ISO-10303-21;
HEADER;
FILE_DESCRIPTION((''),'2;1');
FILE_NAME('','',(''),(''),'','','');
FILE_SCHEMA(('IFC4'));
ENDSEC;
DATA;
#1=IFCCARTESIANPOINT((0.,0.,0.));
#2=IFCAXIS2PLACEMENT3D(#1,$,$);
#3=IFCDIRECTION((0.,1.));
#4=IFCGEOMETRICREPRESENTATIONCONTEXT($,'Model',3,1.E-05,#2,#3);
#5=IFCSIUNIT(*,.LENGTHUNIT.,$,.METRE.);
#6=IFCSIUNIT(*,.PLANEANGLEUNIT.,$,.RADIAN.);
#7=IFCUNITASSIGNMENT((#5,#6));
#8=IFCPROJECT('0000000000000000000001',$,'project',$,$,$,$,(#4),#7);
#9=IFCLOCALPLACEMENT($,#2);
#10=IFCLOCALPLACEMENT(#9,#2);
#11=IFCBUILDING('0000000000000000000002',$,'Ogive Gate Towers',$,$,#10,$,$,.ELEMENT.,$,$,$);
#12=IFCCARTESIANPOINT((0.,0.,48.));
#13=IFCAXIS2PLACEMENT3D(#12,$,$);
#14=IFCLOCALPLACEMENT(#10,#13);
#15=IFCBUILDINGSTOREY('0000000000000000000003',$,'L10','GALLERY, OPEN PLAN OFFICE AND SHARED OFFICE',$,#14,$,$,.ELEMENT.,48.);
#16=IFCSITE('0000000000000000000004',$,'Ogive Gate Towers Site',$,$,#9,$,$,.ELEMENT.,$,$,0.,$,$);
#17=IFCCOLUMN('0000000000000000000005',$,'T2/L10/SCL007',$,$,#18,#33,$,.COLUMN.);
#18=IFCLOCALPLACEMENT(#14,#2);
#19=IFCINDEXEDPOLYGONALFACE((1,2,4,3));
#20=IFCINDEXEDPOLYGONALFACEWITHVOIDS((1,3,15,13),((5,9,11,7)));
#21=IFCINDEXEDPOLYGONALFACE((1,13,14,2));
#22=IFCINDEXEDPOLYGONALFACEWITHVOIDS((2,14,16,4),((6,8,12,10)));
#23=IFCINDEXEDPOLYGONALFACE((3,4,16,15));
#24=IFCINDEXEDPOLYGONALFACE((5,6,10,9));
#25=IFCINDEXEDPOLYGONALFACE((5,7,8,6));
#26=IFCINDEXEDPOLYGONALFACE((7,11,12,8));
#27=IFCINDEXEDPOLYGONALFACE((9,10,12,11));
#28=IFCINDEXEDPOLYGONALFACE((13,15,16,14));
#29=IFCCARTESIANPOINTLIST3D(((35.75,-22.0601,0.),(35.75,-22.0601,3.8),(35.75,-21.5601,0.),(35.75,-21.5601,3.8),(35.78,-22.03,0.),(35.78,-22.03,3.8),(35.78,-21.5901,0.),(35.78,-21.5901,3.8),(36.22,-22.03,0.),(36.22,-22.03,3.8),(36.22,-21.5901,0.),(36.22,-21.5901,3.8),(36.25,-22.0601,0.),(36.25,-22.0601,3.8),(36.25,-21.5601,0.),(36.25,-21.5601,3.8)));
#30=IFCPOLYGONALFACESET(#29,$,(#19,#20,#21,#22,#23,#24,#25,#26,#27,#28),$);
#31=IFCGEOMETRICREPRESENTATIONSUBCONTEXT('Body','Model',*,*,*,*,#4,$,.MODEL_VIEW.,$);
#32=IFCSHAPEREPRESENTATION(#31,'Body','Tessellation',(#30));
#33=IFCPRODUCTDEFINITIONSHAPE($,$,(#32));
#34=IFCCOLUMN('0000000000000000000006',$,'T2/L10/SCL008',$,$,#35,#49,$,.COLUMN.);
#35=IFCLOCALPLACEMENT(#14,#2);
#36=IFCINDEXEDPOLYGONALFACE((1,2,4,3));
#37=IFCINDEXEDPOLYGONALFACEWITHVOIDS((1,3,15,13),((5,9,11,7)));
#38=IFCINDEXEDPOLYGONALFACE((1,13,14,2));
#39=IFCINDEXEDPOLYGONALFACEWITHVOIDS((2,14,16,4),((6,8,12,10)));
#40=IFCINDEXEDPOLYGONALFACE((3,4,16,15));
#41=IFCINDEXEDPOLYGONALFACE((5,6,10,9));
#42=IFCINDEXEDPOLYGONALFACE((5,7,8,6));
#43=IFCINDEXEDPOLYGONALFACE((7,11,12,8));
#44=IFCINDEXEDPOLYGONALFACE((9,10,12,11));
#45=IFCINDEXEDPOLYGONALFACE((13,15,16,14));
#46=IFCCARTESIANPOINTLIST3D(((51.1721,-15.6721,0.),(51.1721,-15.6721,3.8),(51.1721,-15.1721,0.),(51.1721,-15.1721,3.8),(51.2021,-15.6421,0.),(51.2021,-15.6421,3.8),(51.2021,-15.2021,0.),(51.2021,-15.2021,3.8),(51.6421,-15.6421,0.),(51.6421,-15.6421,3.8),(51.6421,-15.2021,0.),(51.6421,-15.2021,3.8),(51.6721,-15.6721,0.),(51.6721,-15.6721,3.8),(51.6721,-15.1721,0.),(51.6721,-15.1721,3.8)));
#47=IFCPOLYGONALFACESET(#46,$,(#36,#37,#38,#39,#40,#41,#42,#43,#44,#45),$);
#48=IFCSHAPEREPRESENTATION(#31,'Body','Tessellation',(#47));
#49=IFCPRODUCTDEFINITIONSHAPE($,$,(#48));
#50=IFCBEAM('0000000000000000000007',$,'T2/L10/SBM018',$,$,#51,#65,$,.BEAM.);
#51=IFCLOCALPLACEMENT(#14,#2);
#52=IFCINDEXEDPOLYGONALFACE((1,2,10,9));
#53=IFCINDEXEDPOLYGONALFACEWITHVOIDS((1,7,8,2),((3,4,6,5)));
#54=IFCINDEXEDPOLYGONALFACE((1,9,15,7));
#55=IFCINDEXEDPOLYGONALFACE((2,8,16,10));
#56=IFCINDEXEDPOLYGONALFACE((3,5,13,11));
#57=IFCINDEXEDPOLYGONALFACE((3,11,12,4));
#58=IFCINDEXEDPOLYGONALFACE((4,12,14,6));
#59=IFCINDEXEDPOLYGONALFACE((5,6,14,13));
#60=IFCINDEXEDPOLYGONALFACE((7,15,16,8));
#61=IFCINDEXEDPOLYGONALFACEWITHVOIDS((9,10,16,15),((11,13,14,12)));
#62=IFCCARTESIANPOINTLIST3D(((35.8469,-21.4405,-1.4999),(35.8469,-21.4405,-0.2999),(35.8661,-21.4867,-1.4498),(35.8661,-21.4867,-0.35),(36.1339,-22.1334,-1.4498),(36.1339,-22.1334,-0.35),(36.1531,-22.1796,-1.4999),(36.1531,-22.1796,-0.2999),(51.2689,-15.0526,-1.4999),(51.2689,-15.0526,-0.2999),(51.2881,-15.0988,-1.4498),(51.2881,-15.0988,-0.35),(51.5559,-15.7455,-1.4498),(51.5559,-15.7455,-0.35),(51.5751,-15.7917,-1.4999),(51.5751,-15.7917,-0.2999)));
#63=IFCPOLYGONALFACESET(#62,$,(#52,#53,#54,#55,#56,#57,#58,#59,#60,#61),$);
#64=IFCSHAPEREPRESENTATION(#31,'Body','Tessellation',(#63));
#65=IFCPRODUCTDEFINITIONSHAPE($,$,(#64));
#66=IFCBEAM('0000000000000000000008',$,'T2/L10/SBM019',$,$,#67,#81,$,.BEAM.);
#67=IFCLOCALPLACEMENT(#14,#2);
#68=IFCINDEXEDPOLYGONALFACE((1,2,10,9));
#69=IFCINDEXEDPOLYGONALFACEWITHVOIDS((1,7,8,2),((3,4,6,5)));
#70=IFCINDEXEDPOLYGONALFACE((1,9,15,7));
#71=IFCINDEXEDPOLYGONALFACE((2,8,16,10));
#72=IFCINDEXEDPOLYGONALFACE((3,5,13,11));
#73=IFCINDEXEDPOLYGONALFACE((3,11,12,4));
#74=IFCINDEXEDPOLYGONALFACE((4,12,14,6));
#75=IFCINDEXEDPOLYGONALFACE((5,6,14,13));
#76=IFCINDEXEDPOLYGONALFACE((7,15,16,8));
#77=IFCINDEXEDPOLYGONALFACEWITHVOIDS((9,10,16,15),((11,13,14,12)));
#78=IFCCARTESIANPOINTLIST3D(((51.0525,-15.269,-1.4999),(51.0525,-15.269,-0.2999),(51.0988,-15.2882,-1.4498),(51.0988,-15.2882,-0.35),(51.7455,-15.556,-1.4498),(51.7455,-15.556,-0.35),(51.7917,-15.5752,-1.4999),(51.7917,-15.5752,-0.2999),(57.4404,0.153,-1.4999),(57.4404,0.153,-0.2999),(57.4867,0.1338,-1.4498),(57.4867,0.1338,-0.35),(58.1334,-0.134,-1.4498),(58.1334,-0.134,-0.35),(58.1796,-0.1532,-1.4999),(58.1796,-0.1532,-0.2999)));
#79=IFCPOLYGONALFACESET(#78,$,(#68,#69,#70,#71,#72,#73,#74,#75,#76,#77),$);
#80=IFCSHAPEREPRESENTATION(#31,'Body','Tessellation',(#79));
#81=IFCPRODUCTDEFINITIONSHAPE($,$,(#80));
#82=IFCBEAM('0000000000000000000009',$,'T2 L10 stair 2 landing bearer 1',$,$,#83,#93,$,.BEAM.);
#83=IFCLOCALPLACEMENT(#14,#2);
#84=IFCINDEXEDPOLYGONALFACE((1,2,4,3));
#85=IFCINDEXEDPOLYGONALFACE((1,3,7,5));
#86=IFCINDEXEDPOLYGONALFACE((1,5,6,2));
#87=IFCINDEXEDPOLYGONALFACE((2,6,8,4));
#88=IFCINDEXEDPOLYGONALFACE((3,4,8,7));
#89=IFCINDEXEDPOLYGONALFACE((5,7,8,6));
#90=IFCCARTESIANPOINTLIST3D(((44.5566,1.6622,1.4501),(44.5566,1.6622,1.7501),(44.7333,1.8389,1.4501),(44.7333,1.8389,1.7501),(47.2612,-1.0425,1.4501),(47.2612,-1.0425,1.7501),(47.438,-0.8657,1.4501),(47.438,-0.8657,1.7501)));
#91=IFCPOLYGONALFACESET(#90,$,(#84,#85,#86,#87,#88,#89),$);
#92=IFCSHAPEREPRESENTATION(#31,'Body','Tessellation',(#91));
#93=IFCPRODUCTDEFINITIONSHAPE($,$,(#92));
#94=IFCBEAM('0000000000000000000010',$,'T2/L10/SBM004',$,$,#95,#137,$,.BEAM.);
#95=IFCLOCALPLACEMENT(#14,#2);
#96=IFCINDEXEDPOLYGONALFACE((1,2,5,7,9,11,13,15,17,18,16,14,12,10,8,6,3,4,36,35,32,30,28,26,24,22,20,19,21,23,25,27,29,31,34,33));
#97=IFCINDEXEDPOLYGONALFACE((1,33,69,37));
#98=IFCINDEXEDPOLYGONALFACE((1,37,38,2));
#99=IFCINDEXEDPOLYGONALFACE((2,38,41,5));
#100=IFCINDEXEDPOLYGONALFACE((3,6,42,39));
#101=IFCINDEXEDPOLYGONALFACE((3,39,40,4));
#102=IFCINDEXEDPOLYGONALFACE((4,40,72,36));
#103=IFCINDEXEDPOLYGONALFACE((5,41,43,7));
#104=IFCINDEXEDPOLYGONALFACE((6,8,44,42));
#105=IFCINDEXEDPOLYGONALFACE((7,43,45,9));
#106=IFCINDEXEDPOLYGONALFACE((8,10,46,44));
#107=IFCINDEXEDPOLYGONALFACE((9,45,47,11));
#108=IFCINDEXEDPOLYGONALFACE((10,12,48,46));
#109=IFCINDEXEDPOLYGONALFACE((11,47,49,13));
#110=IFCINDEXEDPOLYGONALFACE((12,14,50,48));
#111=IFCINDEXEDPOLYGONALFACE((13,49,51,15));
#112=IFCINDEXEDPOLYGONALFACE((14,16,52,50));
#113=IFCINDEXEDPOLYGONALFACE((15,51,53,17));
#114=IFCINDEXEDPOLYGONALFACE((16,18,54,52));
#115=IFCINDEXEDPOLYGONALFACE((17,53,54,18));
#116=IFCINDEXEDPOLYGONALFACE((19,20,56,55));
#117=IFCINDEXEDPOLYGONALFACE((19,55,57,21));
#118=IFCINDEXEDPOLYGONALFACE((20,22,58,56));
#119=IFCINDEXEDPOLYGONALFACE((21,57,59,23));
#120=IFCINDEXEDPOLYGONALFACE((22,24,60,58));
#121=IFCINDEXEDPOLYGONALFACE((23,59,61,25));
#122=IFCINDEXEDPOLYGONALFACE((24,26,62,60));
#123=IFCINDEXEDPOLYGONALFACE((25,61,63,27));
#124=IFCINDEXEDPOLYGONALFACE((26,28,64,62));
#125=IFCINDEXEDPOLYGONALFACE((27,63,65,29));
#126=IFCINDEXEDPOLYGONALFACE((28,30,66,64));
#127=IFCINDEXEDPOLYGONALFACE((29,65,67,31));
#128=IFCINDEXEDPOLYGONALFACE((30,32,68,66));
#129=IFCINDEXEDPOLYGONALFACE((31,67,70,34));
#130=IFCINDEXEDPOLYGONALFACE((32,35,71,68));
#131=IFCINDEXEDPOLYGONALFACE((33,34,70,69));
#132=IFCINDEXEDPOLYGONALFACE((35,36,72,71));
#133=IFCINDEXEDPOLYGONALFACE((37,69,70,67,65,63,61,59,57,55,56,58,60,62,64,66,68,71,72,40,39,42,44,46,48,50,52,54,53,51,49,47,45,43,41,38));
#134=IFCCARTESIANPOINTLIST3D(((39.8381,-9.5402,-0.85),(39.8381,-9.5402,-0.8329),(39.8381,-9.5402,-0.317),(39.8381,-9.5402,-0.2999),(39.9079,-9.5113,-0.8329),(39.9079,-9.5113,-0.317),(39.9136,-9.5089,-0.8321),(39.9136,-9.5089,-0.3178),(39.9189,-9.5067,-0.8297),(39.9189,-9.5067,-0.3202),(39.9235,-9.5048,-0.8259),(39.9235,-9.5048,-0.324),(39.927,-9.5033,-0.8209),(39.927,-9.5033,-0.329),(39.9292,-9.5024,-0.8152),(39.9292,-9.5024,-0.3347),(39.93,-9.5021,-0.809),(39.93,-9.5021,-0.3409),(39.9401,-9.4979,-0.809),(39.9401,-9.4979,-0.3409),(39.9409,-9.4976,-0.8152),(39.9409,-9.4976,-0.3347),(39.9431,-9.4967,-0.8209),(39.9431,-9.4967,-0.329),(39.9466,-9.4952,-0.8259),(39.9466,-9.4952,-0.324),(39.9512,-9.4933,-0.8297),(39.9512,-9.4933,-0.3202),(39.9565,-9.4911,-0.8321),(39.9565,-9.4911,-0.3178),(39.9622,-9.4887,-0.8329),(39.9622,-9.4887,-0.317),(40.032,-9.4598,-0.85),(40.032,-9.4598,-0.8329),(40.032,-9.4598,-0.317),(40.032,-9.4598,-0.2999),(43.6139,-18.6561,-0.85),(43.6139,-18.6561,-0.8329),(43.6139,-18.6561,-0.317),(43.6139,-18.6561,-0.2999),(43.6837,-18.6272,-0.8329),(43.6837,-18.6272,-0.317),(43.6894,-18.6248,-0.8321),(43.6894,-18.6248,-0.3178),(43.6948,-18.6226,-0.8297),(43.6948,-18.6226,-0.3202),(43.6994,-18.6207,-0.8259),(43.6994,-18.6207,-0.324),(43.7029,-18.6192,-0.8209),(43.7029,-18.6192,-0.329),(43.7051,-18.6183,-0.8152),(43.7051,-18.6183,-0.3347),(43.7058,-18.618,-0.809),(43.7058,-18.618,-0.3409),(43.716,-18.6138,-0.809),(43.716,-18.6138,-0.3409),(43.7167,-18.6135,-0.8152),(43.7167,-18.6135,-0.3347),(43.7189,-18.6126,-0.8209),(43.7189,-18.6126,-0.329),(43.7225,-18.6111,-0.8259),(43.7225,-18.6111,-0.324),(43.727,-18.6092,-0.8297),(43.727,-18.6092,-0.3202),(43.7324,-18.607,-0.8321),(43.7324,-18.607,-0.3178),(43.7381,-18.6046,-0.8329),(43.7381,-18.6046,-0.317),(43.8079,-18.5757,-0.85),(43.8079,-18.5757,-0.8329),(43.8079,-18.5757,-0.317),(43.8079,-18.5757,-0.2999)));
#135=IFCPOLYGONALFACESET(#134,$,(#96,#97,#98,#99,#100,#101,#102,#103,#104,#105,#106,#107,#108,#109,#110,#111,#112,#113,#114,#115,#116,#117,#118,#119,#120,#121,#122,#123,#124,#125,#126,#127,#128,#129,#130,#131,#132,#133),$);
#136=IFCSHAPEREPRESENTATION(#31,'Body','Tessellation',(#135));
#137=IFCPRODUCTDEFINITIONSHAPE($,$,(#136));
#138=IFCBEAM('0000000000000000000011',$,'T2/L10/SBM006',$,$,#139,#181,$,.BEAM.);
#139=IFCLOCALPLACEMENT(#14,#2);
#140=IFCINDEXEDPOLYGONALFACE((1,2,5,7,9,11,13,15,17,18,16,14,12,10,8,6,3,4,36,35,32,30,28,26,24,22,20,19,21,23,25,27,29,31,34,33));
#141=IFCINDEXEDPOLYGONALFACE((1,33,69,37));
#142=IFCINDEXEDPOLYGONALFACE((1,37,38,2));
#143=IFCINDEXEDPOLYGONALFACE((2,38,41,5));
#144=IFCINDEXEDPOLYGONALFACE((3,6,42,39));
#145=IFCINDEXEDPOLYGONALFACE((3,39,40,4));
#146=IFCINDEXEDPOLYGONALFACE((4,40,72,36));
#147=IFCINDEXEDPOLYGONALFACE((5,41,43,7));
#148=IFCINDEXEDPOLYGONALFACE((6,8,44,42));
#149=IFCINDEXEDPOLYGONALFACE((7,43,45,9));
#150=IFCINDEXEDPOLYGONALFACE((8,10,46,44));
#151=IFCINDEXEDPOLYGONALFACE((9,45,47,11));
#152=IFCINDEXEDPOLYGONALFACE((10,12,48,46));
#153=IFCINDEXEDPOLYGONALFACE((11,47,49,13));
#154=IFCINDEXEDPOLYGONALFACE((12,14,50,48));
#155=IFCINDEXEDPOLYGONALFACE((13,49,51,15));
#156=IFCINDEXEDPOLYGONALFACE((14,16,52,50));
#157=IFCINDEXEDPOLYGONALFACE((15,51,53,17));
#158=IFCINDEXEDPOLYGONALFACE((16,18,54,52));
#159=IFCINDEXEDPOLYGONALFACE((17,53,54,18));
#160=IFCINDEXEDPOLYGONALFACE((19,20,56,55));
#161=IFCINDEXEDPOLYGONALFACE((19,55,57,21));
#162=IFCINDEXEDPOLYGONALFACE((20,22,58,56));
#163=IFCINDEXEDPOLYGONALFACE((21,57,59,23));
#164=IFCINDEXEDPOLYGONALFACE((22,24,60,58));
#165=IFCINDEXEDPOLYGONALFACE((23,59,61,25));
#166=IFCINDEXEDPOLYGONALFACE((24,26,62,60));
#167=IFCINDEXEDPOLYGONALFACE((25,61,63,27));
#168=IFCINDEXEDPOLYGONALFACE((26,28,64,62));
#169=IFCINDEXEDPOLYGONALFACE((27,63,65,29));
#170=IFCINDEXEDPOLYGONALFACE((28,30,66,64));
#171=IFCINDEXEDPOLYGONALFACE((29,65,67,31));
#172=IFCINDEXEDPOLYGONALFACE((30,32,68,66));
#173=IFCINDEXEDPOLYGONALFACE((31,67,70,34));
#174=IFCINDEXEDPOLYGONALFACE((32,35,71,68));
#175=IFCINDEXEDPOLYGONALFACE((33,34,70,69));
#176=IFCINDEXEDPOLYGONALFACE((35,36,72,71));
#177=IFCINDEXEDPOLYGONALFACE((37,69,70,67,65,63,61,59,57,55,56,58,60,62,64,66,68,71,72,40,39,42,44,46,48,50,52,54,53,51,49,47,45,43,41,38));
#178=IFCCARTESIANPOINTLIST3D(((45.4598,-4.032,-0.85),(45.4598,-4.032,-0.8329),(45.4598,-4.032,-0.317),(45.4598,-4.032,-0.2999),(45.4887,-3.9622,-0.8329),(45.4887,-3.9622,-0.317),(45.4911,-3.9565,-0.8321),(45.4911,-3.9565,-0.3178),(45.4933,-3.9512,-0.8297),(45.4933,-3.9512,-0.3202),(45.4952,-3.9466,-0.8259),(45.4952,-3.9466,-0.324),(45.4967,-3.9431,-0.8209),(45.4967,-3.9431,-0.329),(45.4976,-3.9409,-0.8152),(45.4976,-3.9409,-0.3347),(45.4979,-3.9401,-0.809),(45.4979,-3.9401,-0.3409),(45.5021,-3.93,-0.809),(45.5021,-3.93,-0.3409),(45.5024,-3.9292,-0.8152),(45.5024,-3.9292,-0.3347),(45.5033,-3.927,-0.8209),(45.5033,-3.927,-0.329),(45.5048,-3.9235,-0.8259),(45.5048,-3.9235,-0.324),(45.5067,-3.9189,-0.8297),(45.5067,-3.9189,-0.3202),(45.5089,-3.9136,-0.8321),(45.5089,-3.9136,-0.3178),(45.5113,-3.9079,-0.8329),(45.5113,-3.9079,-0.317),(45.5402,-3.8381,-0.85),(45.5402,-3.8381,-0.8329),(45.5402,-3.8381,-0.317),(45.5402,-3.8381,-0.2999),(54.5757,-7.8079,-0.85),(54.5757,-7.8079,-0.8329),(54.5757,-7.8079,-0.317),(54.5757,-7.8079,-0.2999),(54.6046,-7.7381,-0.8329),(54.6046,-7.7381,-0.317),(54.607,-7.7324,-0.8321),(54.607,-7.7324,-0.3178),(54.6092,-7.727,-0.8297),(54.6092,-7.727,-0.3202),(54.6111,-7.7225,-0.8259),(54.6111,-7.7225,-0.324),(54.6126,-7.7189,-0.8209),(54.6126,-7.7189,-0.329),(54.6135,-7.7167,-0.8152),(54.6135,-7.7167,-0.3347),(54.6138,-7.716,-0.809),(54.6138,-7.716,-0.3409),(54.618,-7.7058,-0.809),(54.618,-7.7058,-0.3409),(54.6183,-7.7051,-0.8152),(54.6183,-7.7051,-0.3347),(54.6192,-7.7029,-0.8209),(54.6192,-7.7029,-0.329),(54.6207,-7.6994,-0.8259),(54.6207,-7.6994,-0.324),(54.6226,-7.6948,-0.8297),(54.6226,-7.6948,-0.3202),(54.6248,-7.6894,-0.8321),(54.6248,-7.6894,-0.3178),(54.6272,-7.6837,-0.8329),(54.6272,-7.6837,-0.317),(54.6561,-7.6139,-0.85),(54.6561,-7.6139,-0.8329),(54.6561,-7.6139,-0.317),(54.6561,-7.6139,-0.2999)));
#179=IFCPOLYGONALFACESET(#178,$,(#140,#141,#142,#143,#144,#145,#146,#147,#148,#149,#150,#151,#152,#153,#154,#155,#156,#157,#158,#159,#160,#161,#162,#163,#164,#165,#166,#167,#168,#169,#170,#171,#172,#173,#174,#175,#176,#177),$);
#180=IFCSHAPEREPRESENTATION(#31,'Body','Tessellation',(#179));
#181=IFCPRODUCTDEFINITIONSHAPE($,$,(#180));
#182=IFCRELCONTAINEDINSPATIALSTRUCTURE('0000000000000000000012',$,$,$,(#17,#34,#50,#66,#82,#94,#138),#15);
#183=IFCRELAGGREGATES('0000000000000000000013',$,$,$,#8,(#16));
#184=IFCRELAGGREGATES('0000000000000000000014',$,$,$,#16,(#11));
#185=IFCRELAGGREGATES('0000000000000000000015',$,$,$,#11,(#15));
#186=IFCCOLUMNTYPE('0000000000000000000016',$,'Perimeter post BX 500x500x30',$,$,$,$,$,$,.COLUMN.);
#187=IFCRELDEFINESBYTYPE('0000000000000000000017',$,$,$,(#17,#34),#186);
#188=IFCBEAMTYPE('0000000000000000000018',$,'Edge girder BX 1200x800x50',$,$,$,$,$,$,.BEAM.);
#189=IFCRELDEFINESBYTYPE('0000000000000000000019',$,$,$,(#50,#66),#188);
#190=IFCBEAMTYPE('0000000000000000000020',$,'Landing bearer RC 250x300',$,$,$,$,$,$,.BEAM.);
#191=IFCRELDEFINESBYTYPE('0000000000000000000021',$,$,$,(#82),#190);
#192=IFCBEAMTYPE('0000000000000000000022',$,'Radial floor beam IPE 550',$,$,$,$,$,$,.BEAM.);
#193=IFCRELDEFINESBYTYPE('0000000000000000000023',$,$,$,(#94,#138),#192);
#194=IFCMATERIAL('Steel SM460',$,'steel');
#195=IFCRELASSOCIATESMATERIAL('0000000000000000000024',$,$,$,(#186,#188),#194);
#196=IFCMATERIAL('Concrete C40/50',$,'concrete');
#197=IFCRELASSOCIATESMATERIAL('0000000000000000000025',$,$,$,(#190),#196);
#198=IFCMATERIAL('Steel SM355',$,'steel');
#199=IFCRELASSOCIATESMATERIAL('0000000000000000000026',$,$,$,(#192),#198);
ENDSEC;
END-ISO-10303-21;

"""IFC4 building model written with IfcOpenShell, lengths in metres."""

from ifc_helpers import new_model, si_unit, direction, frame, origin, origin_2d, place, context, subcontext, project, spatial, rectangle, hollow_rectangle, i_section, extrude, material, material_profile, profile_set, type_object, element, save


model = new_model("IFC4")

# Units and contexts
model_context = context("Model", 3, precision=1e-05, world=origin(), true_north=direction((0.0, 1.0)))
body_context = subcontext(model_context, "Body", "Model", "MODEL_VIEW")
ifc_project = project(units=[si_unit("LENGTHUNIT", "METRE"), si_unit("PLANEANGLEUNIT", "RADIAN")], contexts=[model_context])

# Site, building, storey
site_placement = place(None, origin())
site = spatial("IfcSite", under=ifc_project, at=site_placement, Name="Ogive Gate Towers Site", CompositionType="ELEMENT", RefElevation=0.0)
building_placement = place(site_placement, origin())
building = spatial("IfcBuilding", under=site, at=building_placement, Name="Ogive Gate Towers", CompositionType="ELEMENT")
storey_placement = place(building_placement, frame((0.0, 0.0, 48.0)))
storey = spatial("IfcBuildingStorey", under=building, at=storey_placement, Name="L10", Description="GALLERY, OPEN PLAN OFFICE AND SHARED OFFICE", CompositionType="ELEMENT", Elevation=48.0)

# Columns
ifc_material_1 = material(Name="Steel SM460", Category="steel")
ifc_material_profile_1 = material_profile(ifc_material_1, hollow_rectangle(XDim=0.5, YDim=0.5, WallThickness=0.03, at=origin_2d()), Name="BX 500x500x30")
ifc_profile_set_1 = profile_set([ifc_material_profile_1], Name="Steel SM460")
column_type = type_object("IfcColumnType", Name="Perimeter post BX 500x500x30", PredefinedType="COLUMN", material=ifc_profile_set_1)
for number, where, z_axis, x_axis, name in (
    (1, (36.0, -21.8101, 0.0), (0.0, 0.0, 1.0), (1.0, 0.0, 0.0), "T2/L10/SCL007"),
    (2, (51.4221, -15.4221, 0.0), (0.0, 0.0, 1.0), (1.0, 0.0, 0.0), "T2/L10/SCL008"),
):
    element("IfcColumn", number, at=place(storey_placement, frame(where, z_axis=z_axis, x_axis=x_axis)), inside=storey, type_object=column_type, Name=name, PredefinedType="COLUMN", context=body_context, shape_type="SweptSolid", body=[
        extrude(hollow_rectangle(XDim=0.5, YDim=0.5, WallThickness=0.03, at=origin_2d()), origin(), (0.0, 0.0, 1.0), 3.8),
    ])

# Beams
ifc_material_profile_2 = material_profile(ifc_material_1, hollow_rectangle(XDim=0.8, YDim=1.2, WallThickness=0.05, at=origin_2d()), Name="BX 1200x800x50")
ifc_profile_set_2 = profile_set([ifc_material_profile_2], Name="Steel SM460")
beam_type_1 = type_object("IfcBeamType", Name="Edge girder BX 1200x800x50", PredefinedType="BEAM", material=ifc_profile_set_2)
for number, where, z_axis, x_axis, name in (
    (3, (36.0, -21.8101, -0.8999), (0.923882, 0.382678, 0.0), (-0.382678, 0.923882, 0.0), "T2/L10/SBM018"),
    (4, (51.4221, -15.4221, -0.8999), (0.382678, 0.923882, 0.0), (-0.923882, 0.382678, 0.0), "T2/L10/SBM019"),
):
    element("IfcBeam", number, at=place(storey_placement, frame(where, z_axis=z_axis, x_axis=x_axis)), inside=storey, type_object=beam_type_1, Name=name, PredefinedType="BEAM", context=body_context, shape_type="SweptSolid", body=[
        extrude(hollow_rectangle(XDim=0.8, YDim=1.2, WallThickness=0.05, at=origin_2d()), origin(), (0.0, 0.0, 1.0), 16.6926),
    ])
ifc_material_2 = material(Name="Concrete C40/50", Category="concrete")
ifc_material_profile_3 = material_profile(ifc_material_2, rectangle(XDim=0.25, YDim=0.3, at=origin_2d()), Name="RC 250x300")
ifc_profile_set_3 = profile_set([ifc_material_profile_3], Name="Concrete C40/50")
beam_type_2 = type_object("IfcBeamType", Name="Landing bearer RC 250x300", PredefinedType="BEAM", material=ifc_profile_set_3)
beam_1_placement = place(storey_placement, frame((47.3496, -0.9541, 1.6001), z_axis=(-0.707107, 0.707107, 0.0), x_axis=(-0.707107, -0.707107, 0.0)))
element("IfcBeam", 5, at=beam_1_placement, inside=storey, type_object=beam_type_2, Name="T2 L10 stair 2 landing bearer 1", PredefinedType="BEAM", context=body_context, shape_type="SweptSolid", body=[
    extrude(rectangle(XDim=0.25, YDim=0.3, at=origin_2d()), origin(), (0.0, 0.0, 1.0), 3.825),
])
ifc_material_3 = material(Name="Steel SM355", Category="steel")
ifc_material_profile_4 = material_profile(ifc_material_3, i_section(OverallWidth=0.21, OverallDepth=0.55, WebThickness=0.011, FlangeThickness=0.0171, FilletRadius=0.0239, at=origin_2d()), Name="IPE 550")
ifc_profile_set_4 = profile_set([ifc_material_profile_4], Name="Steel SM355")
beam_type_3 = type_object("IfcBeamType", Name="Radial floor beam IPE 550", PredefinedType="BEAM", material=ifc_profile_set_4)
for number, where, z_axis, x_axis, name in (
    (6, (39.9351, -9.5, -0.575), (0.382677, -0.923882, 0.0), (0.923882, 0.382677, 0.0), "T2/L10/SBM004"),
    (7, (45.5, -3.9351, -0.575), (0.923882, -0.382677, 0.0), (0.382677, 0.923882, 0.0), "T2/L10/SBM006"),
):
    element("IfcBeam", number, at=place(storey_placement, frame(where, z_axis=z_axis, x_axis=x_axis)), inside=storey, type_object=beam_type_3, Name=name, PredefinedType="BEAM", context=body_context, shape_type="SweptSolid", body=[
        extrude(i_section(OverallWidth=0.21, OverallDepth=0.55, WebThickness=0.011, FlangeThickness=0.0171, FilletRadius=0.0239, at=origin_2d()), origin(), (0.0, 0.0, 1.0), 9.8669),
    ])

save(model, "model.ifc")
